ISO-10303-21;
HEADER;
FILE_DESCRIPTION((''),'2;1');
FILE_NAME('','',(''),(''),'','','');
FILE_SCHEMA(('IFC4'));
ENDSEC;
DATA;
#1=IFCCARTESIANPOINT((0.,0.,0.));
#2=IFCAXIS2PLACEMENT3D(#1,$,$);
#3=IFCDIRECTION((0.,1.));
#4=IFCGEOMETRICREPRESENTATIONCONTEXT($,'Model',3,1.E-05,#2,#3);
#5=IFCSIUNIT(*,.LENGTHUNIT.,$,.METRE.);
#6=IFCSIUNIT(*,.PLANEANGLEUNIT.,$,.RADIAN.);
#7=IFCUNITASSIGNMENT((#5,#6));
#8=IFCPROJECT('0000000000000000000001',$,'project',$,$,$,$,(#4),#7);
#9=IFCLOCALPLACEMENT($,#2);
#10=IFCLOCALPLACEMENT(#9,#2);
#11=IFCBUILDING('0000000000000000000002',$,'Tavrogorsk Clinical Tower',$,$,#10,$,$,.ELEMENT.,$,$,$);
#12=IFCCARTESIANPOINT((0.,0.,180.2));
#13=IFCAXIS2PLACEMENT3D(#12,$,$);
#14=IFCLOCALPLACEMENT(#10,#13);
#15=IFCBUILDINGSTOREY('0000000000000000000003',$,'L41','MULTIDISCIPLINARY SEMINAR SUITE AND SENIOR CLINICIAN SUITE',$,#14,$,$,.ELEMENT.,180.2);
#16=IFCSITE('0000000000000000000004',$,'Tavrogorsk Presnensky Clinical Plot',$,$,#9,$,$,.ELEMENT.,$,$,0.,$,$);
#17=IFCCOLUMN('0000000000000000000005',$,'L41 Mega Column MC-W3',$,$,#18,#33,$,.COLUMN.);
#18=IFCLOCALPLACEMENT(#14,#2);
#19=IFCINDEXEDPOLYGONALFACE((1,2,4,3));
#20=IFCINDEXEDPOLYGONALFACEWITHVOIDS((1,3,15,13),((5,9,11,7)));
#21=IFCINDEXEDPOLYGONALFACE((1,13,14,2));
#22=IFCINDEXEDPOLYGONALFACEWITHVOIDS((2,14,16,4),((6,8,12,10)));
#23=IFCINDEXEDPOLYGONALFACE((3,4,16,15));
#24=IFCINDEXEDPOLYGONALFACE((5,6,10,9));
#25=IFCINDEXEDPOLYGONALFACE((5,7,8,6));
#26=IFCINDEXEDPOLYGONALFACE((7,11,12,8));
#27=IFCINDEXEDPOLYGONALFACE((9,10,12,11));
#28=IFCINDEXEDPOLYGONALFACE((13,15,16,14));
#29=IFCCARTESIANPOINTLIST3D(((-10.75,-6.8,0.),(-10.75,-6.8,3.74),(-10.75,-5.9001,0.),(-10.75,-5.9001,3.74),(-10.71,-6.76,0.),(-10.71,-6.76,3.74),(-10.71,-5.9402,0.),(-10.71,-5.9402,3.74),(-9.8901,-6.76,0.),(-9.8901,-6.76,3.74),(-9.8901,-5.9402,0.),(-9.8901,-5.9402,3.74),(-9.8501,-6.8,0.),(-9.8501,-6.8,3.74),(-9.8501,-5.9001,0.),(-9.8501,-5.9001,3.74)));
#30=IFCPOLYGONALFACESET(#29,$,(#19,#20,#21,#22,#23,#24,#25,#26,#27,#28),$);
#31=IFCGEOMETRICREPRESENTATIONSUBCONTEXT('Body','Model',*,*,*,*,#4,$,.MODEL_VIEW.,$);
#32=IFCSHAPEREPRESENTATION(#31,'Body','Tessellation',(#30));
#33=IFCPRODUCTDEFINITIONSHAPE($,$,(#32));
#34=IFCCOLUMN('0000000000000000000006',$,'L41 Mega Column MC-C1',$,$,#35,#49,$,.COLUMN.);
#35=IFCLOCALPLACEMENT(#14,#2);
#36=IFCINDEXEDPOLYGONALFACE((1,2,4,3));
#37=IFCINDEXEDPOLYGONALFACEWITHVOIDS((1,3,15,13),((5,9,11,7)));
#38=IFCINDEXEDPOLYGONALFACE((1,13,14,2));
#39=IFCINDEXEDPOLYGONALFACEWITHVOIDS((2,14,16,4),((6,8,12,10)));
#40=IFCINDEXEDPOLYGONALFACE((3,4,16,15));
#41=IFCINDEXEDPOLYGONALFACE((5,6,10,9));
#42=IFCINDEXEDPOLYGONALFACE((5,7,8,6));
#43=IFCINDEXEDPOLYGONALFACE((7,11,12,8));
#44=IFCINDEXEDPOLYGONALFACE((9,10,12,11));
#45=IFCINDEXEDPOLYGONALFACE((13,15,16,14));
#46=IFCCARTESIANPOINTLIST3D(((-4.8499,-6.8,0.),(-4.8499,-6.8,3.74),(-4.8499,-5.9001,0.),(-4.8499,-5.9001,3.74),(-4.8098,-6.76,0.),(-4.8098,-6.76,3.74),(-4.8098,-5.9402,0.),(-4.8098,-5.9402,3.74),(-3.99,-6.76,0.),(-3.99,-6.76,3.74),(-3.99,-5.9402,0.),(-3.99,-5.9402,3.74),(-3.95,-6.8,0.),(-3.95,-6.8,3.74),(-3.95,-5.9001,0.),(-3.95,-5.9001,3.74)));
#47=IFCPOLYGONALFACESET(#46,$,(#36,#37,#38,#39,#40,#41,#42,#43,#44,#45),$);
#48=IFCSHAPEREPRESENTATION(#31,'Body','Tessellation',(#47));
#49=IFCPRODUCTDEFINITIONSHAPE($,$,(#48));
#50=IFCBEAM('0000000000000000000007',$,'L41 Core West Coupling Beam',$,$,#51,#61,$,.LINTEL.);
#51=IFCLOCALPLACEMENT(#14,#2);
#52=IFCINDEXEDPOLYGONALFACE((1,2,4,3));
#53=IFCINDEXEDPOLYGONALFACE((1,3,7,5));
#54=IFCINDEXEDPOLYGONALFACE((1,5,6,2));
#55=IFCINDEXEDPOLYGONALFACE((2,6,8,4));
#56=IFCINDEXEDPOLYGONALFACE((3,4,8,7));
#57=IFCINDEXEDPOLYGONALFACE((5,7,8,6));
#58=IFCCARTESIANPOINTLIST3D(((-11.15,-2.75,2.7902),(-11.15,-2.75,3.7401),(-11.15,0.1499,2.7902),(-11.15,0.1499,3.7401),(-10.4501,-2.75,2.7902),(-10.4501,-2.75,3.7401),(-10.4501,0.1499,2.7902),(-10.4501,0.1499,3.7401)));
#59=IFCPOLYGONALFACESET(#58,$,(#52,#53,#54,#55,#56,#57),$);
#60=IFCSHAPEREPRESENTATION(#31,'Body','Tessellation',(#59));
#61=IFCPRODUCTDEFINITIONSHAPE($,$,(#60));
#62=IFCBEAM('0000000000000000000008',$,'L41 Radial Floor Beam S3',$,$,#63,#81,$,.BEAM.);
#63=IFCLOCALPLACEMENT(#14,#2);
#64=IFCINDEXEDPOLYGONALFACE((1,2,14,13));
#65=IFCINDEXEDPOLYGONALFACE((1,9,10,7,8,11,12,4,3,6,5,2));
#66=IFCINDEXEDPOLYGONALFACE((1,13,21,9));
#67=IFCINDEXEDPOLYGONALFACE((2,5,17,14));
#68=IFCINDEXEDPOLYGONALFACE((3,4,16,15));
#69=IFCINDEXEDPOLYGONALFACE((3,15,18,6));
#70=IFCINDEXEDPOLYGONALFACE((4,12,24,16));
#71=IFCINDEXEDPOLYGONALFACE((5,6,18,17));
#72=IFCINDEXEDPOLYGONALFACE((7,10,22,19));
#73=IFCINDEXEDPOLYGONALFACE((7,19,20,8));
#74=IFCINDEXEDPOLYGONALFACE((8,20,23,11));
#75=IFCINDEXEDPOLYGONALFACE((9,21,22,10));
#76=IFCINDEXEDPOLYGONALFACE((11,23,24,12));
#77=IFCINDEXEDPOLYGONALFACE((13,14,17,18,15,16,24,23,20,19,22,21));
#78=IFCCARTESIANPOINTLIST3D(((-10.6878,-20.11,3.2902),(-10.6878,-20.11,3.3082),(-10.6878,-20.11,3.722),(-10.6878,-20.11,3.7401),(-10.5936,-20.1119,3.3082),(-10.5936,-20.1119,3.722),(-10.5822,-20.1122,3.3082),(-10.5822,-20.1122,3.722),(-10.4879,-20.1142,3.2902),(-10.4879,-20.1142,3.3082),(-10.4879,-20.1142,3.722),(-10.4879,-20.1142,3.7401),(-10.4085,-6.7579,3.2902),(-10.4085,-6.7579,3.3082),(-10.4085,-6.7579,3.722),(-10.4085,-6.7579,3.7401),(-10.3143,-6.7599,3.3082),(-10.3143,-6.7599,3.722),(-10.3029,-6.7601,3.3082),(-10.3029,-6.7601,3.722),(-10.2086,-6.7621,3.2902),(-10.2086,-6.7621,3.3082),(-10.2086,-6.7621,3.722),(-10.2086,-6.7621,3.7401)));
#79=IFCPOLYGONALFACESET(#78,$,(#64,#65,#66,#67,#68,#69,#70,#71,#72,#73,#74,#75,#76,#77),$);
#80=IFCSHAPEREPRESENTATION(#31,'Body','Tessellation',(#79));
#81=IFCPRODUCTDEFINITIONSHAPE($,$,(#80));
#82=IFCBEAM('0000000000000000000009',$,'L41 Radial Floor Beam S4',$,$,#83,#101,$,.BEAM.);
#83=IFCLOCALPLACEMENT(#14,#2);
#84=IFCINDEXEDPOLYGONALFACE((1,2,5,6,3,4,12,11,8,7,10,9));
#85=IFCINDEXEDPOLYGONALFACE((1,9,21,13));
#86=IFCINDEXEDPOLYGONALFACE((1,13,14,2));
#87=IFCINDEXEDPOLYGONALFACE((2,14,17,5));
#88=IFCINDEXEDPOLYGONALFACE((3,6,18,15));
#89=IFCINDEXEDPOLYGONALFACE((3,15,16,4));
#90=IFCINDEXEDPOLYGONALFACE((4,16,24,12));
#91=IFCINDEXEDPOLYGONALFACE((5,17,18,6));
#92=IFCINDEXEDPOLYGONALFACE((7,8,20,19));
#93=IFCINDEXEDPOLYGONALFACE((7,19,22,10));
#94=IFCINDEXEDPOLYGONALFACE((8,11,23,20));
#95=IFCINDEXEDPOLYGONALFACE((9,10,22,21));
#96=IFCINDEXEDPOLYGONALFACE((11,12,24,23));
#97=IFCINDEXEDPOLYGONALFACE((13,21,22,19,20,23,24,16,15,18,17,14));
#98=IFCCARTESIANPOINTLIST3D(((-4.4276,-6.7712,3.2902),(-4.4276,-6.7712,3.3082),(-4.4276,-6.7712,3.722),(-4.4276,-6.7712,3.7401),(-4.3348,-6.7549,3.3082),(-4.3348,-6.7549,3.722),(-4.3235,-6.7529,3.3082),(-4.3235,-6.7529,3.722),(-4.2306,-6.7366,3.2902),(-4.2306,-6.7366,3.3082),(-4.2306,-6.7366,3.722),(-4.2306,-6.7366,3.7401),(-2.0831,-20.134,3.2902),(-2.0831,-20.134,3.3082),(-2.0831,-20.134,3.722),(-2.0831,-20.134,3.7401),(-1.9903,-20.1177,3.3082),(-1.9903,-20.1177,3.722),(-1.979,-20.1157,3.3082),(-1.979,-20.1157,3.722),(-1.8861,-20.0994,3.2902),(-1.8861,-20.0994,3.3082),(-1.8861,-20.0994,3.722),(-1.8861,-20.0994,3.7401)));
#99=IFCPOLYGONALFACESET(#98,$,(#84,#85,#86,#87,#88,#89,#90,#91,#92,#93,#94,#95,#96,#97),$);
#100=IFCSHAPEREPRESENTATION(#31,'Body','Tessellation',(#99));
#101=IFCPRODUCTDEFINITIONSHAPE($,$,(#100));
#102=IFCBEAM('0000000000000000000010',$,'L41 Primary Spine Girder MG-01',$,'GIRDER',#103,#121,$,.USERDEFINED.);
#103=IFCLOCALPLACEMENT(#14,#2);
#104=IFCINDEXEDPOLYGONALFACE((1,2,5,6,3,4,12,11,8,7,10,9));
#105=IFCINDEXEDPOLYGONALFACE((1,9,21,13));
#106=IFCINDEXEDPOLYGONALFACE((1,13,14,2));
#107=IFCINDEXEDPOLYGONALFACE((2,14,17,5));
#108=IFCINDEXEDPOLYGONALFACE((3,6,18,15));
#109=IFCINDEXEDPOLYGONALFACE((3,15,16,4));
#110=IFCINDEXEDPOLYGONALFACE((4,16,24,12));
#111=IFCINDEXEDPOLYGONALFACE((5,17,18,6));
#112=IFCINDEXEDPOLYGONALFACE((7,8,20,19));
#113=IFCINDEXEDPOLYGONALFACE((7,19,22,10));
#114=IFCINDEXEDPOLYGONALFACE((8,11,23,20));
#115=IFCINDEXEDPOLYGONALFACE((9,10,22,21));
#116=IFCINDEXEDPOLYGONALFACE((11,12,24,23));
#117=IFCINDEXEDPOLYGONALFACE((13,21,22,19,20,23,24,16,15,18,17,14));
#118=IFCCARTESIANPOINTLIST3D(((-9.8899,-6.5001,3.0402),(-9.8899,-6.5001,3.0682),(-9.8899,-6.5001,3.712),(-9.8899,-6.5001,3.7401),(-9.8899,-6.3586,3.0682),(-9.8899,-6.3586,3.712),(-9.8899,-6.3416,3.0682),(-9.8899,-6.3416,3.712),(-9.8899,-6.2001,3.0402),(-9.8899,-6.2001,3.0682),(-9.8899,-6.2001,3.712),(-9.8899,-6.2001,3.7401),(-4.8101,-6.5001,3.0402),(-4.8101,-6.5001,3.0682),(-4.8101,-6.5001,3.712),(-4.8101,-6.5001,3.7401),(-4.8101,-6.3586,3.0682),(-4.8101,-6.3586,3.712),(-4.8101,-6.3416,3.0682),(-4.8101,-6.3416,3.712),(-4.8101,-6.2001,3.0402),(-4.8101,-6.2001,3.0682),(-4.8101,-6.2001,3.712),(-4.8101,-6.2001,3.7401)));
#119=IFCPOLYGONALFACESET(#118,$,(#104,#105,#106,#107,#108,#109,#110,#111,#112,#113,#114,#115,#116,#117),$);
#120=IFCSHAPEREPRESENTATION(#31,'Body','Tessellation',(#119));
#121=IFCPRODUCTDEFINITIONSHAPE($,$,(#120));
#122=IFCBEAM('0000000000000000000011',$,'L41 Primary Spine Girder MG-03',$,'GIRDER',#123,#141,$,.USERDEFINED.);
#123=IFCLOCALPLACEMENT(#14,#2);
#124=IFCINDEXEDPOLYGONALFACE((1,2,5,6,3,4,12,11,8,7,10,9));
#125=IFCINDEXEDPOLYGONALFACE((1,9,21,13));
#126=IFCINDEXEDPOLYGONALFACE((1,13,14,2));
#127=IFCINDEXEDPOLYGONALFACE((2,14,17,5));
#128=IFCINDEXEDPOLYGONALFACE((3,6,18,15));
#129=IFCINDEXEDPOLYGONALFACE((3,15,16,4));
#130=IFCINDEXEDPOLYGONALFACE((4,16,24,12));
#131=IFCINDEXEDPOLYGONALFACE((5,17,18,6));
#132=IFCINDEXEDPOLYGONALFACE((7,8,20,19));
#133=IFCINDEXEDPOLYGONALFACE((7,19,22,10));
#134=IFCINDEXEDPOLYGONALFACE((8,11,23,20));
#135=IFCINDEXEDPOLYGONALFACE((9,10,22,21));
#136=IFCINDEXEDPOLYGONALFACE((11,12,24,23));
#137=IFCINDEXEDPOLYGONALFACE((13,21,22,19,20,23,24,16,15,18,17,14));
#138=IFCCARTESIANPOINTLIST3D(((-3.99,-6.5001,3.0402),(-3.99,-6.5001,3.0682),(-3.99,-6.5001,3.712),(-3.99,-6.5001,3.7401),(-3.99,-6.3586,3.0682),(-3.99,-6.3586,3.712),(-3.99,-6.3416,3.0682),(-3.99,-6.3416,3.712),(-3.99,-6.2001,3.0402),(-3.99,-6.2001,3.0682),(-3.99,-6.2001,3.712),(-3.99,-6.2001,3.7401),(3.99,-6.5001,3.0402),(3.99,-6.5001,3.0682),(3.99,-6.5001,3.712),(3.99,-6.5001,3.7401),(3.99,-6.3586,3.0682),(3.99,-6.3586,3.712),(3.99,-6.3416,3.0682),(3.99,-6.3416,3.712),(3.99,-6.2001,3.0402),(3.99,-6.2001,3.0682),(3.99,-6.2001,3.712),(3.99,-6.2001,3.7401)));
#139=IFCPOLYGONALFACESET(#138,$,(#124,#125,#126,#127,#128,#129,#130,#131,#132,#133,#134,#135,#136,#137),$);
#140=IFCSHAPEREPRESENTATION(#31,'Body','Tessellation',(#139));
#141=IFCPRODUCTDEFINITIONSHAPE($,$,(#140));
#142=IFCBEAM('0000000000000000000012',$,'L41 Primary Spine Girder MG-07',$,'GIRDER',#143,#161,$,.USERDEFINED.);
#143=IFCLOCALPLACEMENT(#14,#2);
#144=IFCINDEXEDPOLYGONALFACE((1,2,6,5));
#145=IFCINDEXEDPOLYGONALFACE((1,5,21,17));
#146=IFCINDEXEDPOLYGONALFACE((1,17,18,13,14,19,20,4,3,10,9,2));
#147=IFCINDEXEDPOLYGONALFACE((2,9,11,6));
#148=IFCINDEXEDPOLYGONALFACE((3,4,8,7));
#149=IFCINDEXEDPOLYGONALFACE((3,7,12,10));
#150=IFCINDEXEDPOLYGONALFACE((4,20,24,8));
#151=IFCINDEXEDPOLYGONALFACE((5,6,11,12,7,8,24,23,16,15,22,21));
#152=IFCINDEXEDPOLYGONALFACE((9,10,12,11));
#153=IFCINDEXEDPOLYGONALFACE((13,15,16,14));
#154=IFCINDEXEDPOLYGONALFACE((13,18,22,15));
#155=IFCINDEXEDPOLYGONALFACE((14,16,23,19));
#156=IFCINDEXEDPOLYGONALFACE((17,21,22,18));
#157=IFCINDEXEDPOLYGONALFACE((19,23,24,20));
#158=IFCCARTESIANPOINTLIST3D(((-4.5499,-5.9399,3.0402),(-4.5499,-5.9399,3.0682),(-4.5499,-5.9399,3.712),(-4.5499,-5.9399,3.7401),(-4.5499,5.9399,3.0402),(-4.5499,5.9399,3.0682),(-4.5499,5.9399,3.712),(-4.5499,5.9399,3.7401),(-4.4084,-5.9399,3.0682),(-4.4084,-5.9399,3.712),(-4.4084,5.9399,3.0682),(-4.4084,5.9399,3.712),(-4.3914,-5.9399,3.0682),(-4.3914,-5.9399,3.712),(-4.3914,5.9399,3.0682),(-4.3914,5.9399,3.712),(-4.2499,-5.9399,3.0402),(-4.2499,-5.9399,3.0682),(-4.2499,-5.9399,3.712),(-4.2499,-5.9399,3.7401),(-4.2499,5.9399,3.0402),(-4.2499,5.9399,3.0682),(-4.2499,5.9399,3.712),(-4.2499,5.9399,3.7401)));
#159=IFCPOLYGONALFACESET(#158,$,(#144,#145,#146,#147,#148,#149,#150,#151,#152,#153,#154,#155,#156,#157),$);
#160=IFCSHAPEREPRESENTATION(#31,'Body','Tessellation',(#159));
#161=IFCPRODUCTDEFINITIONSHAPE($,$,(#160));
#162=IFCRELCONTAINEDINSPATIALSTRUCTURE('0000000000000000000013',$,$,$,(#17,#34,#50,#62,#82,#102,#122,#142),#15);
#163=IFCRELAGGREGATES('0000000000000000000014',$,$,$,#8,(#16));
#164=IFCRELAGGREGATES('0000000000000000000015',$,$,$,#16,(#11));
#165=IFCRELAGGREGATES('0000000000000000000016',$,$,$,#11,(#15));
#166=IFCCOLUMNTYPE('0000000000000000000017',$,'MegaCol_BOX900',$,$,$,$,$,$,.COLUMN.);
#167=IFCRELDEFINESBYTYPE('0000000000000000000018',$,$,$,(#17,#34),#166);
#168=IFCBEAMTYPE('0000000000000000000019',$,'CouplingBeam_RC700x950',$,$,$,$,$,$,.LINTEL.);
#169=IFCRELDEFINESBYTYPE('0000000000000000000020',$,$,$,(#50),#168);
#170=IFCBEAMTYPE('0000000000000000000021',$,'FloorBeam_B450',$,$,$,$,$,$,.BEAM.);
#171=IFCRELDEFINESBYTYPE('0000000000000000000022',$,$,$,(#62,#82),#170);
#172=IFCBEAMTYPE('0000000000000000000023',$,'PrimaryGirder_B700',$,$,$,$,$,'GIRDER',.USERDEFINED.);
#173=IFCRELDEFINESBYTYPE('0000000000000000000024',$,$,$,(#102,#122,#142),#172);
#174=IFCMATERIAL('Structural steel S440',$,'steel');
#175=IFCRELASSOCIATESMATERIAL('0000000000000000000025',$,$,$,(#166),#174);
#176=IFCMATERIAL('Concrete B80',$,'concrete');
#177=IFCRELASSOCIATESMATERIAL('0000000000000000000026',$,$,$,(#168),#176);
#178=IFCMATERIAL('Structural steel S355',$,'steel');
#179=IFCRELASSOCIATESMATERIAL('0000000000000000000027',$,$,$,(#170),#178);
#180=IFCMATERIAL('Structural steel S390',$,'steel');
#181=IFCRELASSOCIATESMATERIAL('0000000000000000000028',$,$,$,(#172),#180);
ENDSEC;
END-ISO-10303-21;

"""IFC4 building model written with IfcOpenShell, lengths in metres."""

from ifc_helpers import new_model, si_unit, direction, frame, origin, origin_2d, place, context, subcontext, project, spatial, rectangle, hollow_rectangle, i_section, extrude, material, material_profile, profile_set, type_object, element, save


model = new_model("IFC4")

# Units and contexts
model_context = context("Model", 3, precision=1e-05, world=origin(), true_north=direction((0.0, 1.0)))
body_context = subcontext(model_context, "Body", "Model", "MODEL_VIEW")
ifc_project = project(units=[si_unit("LENGTHUNIT", "METRE"), si_unit("PLANEANGLEUNIT", "RADIAN")], contexts=[model_context])

# Site, building, storey
site_placement = place(None, origin())
site = spatial("IfcSite", under=ifc_project, at=site_placement, Name="Tavrogorsk Presnensky Clinical Plot", CompositionType="ELEMENT", RefElevation=0.0)
building_placement = place(site_placement, origin())
building = spatial("IfcBuilding", under=site, at=building_placement, Name="Tavrogorsk Clinical Tower", CompositionType="ELEMENT")
storey_placement = place(building_placement, frame((0.0, 0.0, 180.2)))
storey = spatial("IfcBuildingStorey", under=building, at=storey_placement, Name="L41", Description="MULTIDISCIPLINARY SEMINAR SUITE AND SENIOR CLINICIAN SUITE", CompositionType="ELEMENT", Elevation=180.2)

# Columns
ifc_material_1 = material(Name="Structural steel S440", Category="steel")
ifc_material_profile_1 = material_profile(ifc_material_1, hollow_rectangle(XDim=0.8999, YDim=0.8999, WallThickness=0.04, at=origin_2d()), Name="BOX-900x900x40")
ifc_profile_set_1 = profile_set([ifc_material_profile_1], Name="Structural steel S440")
column_type = type_object("IfcColumnType", Name="MegaCol_BOX900", PredefinedType="COLUMN", material=ifc_profile_set_1)
for number, where, z_axis, x_axis, name in (
    (1, (-10.3, -6.3501, 0.0), (0.0, 0.0, 1.0), (1.0, 0.0, 0.0), "L41 Mega Column MC-W3"),
    (2, (-4.3999, -6.3501, 0.0), (0.0, 0.0, 1.0), (1.0, 0.0, 0.0), "L41 Mega Column MC-C1"),
):
    element("IfcColumn", number, at=place(storey_placement, frame(where, z_axis=z_axis, x_axis=x_axis)), inside=storey, type_object=column_type, Name=name, PredefinedType="COLUMN", context=body_context, shape_type="SweptSolid", body=[
        extrude(hollow_rectangle(XDim=0.8999, YDim=0.8999, WallThickness=0.04, at=origin_2d()), origin(), (0.0, 0.0, 1.0), 3.74),
    ])

# Beams
ifc_material_2 = material(Name="Concrete B80", Category="concrete")
ifc_material_profile_2 = material_profile(ifc_material_2, rectangle(XDim=0.7, YDim=0.95, at=origin_2d()), Name="RC-CB-700x950")
ifc_profile_set_2 = profile_set([ifc_material_profile_2], Name="Concrete B80")
beam_type_1 = type_object("IfcBeamType", Name="CouplingBeam_RC700x950", PredefinedType="LINTEL", material=ifc_profile_set_2)
beam_1_placement = place(storey_placement, frame((-10.8, -2.75, 3.2651), z_axis=(0.0, 1.0, 0.0), x_axis=(-1.0, 0.0, 0.0)))
element("IfcBeam", 3, at=beam_1_placement, inside=storey, type_object=beam_type_1, Name="L41 Core West Coupling Beam", PredefinedType="LINTEL", context=body_context, shape_type="SweptSolid", body=[
    extrude(rectangle(XDim=0.7, YDim=0.95, at=origin_2d()), origin(), (0.0, 0.0, 1.0), 2.8999),
])
ifc_material_3 = material(Name="Structural steel S355", Category="steel")
ifc_material_profile_3 = material_profile(ifc_material_3, i_section(OverallWidth=0.2, OverallDepth=0.45, WebThickness=0.0115, FlangeThickness=0.0181, at=origin_2d()), Name="B-450x200x11.5x18")
ifc_profile_set_3 = profile_set([ifc_material_profile_3], Name="Structural steel S355")
beam_type_2 = type_object("IfcBeamType", Name="FloorBeam_B450", PredefinedType="BEAM", material=ifc_profile_set_3)
beam_2_placement = place(storey_placement, frame((-10.3086, -6.76, 3.5151), z_axis=(-0.020913, -0.999781, 0.0), x_axis=(0.999781, -0.020913, 0.0)))
element("IfcBeam", 4, at=beam_2_placement, inside=storey, type_object=beam_type_2, Name="L41 Radial Floor Beam S3", PredefinedType="BEAM", context=body_context, shape_type="SweptSolid", body=[
    extrude(i_section(OverallWidth=0.2, OverallDepth=0.45, WebThickness=0.0115, FlangeThickness=0.0181, at=origin_2d()), origin(), (0.0, 0.0, 1.0), 13.355),
])
beam_3_placement = place(storey_placement, frame((-4.3291, -6.7539, 3.5151), z_axis=(0.172809, -0.984955, 0.0), x_axis=(0.984955, 0.172809, 0.0)))
element("IfcBeam", 5, at=beam_3_placement, inside=storey, type_object=beam_type_2, Name="L41 Radial Floor Beam S4", PredefinedType="BEAM", context=body_context, shape_type="SweptSolid", body=[
    extrude(i_section(OverallWidth=0.2, OverallDepth=0.45, WebThickness=0.0115, FlangeThickness=0.0181, at=origin_2d()), origin(), (0.0, 0.0, 1.0), 13.5669),
])
ifc_material_4 = material(Name="Structural steel S390", Category="steel")
ifc_material_profile_4 = material_profile(ifc_material_4, i_section(OverallWidth=0.3, OverallDepth=0.7, WebThickness=0.0171, FlangeThickness=0.0281, at=origin_2d()), Name="B-700x300x17x28")
ifc_profile_set_4 = profile_set([ifc_material_profile_4], Name="Structural steel S390")
beam_type_3 = type_object("IfcBeamType", Name="PrimaryGirder_B700", ElementType="GIRDER", PredefinedType="USERDEFINED", material=ifc_profile_set_4)
beam_4_placement = place(storey_placement, frame((-9.8899, -6.3501, 3.3901), z_axis=(1.0, 0.0, 0.0), x_axis=(0.0, 1.0, 0.0)))
element("IfcBeam", 6, at=beam_4_placement, inside=storey, type_object=beam_type_3, Name="L41 Primary Spine Girder MG-01", ObjectType="GIRDER", PredefinedType="USERDEFINED", context=body_context, shape_type="SweptSolid", body=[
    extrude(i_section(OverallWidth=0.3, OverallDepth=0.7, WebThickness=0.0171, FlangeThickness=0.0281, at=origin_2d()), origin(), (0.0, 0.0, 1.0), 5.0798),
])
beam_5_placement = place(storey_placement, frame((-3.99, -6.3501, 3.3901), z_axis=(1.0, 0.0, 0.0), x_axis=(0.0, 1.0, 0.0)))
element("IfcBeam", 7, at=beam_5_placement, inside=storey, type_object=beam_type_3, Name="L41 Primary Spine Girder MG-03", ObjectType="GIRDER", PredefinedType="USERDEFINED", context=body_context, shape_type="SweptSolid", body=[
    extrude(i_section(OverallWidth=0.3, OverallDepth=0.7, WebThickness=0.0171, FlangeThickness=0.0281, at=origin_2d()), origin(), (0.0, 0.0, 1.0), 7.98),
])
beam_6_placement = place(storey_placement, frame((-4.3999, -5.9399, 3.3901), z_axis=(0.0, 1.0, 0.0), x_axis=(-1.0, 0.0, 0.0)))
element("IfcBeam", 8, at=beam_6_placement, inside=storey, type_object=beam_type_3, Name="L41 Primary Spine Girder MG-07", ObjectType="GIRDER", PredefinedType="USERDEFINED", context=body_context, shape_type="SweptSolid", body=[
    extrude(i_section(OverallWidth=0.3, OverallDepth=0.7, WebThickness=0.0171, FlangeThickness=0.0281, at=origin_2d()), origin(), (0.0, 0.0, 1.0), 11.8799),
])

save(model, "model.ifc")
